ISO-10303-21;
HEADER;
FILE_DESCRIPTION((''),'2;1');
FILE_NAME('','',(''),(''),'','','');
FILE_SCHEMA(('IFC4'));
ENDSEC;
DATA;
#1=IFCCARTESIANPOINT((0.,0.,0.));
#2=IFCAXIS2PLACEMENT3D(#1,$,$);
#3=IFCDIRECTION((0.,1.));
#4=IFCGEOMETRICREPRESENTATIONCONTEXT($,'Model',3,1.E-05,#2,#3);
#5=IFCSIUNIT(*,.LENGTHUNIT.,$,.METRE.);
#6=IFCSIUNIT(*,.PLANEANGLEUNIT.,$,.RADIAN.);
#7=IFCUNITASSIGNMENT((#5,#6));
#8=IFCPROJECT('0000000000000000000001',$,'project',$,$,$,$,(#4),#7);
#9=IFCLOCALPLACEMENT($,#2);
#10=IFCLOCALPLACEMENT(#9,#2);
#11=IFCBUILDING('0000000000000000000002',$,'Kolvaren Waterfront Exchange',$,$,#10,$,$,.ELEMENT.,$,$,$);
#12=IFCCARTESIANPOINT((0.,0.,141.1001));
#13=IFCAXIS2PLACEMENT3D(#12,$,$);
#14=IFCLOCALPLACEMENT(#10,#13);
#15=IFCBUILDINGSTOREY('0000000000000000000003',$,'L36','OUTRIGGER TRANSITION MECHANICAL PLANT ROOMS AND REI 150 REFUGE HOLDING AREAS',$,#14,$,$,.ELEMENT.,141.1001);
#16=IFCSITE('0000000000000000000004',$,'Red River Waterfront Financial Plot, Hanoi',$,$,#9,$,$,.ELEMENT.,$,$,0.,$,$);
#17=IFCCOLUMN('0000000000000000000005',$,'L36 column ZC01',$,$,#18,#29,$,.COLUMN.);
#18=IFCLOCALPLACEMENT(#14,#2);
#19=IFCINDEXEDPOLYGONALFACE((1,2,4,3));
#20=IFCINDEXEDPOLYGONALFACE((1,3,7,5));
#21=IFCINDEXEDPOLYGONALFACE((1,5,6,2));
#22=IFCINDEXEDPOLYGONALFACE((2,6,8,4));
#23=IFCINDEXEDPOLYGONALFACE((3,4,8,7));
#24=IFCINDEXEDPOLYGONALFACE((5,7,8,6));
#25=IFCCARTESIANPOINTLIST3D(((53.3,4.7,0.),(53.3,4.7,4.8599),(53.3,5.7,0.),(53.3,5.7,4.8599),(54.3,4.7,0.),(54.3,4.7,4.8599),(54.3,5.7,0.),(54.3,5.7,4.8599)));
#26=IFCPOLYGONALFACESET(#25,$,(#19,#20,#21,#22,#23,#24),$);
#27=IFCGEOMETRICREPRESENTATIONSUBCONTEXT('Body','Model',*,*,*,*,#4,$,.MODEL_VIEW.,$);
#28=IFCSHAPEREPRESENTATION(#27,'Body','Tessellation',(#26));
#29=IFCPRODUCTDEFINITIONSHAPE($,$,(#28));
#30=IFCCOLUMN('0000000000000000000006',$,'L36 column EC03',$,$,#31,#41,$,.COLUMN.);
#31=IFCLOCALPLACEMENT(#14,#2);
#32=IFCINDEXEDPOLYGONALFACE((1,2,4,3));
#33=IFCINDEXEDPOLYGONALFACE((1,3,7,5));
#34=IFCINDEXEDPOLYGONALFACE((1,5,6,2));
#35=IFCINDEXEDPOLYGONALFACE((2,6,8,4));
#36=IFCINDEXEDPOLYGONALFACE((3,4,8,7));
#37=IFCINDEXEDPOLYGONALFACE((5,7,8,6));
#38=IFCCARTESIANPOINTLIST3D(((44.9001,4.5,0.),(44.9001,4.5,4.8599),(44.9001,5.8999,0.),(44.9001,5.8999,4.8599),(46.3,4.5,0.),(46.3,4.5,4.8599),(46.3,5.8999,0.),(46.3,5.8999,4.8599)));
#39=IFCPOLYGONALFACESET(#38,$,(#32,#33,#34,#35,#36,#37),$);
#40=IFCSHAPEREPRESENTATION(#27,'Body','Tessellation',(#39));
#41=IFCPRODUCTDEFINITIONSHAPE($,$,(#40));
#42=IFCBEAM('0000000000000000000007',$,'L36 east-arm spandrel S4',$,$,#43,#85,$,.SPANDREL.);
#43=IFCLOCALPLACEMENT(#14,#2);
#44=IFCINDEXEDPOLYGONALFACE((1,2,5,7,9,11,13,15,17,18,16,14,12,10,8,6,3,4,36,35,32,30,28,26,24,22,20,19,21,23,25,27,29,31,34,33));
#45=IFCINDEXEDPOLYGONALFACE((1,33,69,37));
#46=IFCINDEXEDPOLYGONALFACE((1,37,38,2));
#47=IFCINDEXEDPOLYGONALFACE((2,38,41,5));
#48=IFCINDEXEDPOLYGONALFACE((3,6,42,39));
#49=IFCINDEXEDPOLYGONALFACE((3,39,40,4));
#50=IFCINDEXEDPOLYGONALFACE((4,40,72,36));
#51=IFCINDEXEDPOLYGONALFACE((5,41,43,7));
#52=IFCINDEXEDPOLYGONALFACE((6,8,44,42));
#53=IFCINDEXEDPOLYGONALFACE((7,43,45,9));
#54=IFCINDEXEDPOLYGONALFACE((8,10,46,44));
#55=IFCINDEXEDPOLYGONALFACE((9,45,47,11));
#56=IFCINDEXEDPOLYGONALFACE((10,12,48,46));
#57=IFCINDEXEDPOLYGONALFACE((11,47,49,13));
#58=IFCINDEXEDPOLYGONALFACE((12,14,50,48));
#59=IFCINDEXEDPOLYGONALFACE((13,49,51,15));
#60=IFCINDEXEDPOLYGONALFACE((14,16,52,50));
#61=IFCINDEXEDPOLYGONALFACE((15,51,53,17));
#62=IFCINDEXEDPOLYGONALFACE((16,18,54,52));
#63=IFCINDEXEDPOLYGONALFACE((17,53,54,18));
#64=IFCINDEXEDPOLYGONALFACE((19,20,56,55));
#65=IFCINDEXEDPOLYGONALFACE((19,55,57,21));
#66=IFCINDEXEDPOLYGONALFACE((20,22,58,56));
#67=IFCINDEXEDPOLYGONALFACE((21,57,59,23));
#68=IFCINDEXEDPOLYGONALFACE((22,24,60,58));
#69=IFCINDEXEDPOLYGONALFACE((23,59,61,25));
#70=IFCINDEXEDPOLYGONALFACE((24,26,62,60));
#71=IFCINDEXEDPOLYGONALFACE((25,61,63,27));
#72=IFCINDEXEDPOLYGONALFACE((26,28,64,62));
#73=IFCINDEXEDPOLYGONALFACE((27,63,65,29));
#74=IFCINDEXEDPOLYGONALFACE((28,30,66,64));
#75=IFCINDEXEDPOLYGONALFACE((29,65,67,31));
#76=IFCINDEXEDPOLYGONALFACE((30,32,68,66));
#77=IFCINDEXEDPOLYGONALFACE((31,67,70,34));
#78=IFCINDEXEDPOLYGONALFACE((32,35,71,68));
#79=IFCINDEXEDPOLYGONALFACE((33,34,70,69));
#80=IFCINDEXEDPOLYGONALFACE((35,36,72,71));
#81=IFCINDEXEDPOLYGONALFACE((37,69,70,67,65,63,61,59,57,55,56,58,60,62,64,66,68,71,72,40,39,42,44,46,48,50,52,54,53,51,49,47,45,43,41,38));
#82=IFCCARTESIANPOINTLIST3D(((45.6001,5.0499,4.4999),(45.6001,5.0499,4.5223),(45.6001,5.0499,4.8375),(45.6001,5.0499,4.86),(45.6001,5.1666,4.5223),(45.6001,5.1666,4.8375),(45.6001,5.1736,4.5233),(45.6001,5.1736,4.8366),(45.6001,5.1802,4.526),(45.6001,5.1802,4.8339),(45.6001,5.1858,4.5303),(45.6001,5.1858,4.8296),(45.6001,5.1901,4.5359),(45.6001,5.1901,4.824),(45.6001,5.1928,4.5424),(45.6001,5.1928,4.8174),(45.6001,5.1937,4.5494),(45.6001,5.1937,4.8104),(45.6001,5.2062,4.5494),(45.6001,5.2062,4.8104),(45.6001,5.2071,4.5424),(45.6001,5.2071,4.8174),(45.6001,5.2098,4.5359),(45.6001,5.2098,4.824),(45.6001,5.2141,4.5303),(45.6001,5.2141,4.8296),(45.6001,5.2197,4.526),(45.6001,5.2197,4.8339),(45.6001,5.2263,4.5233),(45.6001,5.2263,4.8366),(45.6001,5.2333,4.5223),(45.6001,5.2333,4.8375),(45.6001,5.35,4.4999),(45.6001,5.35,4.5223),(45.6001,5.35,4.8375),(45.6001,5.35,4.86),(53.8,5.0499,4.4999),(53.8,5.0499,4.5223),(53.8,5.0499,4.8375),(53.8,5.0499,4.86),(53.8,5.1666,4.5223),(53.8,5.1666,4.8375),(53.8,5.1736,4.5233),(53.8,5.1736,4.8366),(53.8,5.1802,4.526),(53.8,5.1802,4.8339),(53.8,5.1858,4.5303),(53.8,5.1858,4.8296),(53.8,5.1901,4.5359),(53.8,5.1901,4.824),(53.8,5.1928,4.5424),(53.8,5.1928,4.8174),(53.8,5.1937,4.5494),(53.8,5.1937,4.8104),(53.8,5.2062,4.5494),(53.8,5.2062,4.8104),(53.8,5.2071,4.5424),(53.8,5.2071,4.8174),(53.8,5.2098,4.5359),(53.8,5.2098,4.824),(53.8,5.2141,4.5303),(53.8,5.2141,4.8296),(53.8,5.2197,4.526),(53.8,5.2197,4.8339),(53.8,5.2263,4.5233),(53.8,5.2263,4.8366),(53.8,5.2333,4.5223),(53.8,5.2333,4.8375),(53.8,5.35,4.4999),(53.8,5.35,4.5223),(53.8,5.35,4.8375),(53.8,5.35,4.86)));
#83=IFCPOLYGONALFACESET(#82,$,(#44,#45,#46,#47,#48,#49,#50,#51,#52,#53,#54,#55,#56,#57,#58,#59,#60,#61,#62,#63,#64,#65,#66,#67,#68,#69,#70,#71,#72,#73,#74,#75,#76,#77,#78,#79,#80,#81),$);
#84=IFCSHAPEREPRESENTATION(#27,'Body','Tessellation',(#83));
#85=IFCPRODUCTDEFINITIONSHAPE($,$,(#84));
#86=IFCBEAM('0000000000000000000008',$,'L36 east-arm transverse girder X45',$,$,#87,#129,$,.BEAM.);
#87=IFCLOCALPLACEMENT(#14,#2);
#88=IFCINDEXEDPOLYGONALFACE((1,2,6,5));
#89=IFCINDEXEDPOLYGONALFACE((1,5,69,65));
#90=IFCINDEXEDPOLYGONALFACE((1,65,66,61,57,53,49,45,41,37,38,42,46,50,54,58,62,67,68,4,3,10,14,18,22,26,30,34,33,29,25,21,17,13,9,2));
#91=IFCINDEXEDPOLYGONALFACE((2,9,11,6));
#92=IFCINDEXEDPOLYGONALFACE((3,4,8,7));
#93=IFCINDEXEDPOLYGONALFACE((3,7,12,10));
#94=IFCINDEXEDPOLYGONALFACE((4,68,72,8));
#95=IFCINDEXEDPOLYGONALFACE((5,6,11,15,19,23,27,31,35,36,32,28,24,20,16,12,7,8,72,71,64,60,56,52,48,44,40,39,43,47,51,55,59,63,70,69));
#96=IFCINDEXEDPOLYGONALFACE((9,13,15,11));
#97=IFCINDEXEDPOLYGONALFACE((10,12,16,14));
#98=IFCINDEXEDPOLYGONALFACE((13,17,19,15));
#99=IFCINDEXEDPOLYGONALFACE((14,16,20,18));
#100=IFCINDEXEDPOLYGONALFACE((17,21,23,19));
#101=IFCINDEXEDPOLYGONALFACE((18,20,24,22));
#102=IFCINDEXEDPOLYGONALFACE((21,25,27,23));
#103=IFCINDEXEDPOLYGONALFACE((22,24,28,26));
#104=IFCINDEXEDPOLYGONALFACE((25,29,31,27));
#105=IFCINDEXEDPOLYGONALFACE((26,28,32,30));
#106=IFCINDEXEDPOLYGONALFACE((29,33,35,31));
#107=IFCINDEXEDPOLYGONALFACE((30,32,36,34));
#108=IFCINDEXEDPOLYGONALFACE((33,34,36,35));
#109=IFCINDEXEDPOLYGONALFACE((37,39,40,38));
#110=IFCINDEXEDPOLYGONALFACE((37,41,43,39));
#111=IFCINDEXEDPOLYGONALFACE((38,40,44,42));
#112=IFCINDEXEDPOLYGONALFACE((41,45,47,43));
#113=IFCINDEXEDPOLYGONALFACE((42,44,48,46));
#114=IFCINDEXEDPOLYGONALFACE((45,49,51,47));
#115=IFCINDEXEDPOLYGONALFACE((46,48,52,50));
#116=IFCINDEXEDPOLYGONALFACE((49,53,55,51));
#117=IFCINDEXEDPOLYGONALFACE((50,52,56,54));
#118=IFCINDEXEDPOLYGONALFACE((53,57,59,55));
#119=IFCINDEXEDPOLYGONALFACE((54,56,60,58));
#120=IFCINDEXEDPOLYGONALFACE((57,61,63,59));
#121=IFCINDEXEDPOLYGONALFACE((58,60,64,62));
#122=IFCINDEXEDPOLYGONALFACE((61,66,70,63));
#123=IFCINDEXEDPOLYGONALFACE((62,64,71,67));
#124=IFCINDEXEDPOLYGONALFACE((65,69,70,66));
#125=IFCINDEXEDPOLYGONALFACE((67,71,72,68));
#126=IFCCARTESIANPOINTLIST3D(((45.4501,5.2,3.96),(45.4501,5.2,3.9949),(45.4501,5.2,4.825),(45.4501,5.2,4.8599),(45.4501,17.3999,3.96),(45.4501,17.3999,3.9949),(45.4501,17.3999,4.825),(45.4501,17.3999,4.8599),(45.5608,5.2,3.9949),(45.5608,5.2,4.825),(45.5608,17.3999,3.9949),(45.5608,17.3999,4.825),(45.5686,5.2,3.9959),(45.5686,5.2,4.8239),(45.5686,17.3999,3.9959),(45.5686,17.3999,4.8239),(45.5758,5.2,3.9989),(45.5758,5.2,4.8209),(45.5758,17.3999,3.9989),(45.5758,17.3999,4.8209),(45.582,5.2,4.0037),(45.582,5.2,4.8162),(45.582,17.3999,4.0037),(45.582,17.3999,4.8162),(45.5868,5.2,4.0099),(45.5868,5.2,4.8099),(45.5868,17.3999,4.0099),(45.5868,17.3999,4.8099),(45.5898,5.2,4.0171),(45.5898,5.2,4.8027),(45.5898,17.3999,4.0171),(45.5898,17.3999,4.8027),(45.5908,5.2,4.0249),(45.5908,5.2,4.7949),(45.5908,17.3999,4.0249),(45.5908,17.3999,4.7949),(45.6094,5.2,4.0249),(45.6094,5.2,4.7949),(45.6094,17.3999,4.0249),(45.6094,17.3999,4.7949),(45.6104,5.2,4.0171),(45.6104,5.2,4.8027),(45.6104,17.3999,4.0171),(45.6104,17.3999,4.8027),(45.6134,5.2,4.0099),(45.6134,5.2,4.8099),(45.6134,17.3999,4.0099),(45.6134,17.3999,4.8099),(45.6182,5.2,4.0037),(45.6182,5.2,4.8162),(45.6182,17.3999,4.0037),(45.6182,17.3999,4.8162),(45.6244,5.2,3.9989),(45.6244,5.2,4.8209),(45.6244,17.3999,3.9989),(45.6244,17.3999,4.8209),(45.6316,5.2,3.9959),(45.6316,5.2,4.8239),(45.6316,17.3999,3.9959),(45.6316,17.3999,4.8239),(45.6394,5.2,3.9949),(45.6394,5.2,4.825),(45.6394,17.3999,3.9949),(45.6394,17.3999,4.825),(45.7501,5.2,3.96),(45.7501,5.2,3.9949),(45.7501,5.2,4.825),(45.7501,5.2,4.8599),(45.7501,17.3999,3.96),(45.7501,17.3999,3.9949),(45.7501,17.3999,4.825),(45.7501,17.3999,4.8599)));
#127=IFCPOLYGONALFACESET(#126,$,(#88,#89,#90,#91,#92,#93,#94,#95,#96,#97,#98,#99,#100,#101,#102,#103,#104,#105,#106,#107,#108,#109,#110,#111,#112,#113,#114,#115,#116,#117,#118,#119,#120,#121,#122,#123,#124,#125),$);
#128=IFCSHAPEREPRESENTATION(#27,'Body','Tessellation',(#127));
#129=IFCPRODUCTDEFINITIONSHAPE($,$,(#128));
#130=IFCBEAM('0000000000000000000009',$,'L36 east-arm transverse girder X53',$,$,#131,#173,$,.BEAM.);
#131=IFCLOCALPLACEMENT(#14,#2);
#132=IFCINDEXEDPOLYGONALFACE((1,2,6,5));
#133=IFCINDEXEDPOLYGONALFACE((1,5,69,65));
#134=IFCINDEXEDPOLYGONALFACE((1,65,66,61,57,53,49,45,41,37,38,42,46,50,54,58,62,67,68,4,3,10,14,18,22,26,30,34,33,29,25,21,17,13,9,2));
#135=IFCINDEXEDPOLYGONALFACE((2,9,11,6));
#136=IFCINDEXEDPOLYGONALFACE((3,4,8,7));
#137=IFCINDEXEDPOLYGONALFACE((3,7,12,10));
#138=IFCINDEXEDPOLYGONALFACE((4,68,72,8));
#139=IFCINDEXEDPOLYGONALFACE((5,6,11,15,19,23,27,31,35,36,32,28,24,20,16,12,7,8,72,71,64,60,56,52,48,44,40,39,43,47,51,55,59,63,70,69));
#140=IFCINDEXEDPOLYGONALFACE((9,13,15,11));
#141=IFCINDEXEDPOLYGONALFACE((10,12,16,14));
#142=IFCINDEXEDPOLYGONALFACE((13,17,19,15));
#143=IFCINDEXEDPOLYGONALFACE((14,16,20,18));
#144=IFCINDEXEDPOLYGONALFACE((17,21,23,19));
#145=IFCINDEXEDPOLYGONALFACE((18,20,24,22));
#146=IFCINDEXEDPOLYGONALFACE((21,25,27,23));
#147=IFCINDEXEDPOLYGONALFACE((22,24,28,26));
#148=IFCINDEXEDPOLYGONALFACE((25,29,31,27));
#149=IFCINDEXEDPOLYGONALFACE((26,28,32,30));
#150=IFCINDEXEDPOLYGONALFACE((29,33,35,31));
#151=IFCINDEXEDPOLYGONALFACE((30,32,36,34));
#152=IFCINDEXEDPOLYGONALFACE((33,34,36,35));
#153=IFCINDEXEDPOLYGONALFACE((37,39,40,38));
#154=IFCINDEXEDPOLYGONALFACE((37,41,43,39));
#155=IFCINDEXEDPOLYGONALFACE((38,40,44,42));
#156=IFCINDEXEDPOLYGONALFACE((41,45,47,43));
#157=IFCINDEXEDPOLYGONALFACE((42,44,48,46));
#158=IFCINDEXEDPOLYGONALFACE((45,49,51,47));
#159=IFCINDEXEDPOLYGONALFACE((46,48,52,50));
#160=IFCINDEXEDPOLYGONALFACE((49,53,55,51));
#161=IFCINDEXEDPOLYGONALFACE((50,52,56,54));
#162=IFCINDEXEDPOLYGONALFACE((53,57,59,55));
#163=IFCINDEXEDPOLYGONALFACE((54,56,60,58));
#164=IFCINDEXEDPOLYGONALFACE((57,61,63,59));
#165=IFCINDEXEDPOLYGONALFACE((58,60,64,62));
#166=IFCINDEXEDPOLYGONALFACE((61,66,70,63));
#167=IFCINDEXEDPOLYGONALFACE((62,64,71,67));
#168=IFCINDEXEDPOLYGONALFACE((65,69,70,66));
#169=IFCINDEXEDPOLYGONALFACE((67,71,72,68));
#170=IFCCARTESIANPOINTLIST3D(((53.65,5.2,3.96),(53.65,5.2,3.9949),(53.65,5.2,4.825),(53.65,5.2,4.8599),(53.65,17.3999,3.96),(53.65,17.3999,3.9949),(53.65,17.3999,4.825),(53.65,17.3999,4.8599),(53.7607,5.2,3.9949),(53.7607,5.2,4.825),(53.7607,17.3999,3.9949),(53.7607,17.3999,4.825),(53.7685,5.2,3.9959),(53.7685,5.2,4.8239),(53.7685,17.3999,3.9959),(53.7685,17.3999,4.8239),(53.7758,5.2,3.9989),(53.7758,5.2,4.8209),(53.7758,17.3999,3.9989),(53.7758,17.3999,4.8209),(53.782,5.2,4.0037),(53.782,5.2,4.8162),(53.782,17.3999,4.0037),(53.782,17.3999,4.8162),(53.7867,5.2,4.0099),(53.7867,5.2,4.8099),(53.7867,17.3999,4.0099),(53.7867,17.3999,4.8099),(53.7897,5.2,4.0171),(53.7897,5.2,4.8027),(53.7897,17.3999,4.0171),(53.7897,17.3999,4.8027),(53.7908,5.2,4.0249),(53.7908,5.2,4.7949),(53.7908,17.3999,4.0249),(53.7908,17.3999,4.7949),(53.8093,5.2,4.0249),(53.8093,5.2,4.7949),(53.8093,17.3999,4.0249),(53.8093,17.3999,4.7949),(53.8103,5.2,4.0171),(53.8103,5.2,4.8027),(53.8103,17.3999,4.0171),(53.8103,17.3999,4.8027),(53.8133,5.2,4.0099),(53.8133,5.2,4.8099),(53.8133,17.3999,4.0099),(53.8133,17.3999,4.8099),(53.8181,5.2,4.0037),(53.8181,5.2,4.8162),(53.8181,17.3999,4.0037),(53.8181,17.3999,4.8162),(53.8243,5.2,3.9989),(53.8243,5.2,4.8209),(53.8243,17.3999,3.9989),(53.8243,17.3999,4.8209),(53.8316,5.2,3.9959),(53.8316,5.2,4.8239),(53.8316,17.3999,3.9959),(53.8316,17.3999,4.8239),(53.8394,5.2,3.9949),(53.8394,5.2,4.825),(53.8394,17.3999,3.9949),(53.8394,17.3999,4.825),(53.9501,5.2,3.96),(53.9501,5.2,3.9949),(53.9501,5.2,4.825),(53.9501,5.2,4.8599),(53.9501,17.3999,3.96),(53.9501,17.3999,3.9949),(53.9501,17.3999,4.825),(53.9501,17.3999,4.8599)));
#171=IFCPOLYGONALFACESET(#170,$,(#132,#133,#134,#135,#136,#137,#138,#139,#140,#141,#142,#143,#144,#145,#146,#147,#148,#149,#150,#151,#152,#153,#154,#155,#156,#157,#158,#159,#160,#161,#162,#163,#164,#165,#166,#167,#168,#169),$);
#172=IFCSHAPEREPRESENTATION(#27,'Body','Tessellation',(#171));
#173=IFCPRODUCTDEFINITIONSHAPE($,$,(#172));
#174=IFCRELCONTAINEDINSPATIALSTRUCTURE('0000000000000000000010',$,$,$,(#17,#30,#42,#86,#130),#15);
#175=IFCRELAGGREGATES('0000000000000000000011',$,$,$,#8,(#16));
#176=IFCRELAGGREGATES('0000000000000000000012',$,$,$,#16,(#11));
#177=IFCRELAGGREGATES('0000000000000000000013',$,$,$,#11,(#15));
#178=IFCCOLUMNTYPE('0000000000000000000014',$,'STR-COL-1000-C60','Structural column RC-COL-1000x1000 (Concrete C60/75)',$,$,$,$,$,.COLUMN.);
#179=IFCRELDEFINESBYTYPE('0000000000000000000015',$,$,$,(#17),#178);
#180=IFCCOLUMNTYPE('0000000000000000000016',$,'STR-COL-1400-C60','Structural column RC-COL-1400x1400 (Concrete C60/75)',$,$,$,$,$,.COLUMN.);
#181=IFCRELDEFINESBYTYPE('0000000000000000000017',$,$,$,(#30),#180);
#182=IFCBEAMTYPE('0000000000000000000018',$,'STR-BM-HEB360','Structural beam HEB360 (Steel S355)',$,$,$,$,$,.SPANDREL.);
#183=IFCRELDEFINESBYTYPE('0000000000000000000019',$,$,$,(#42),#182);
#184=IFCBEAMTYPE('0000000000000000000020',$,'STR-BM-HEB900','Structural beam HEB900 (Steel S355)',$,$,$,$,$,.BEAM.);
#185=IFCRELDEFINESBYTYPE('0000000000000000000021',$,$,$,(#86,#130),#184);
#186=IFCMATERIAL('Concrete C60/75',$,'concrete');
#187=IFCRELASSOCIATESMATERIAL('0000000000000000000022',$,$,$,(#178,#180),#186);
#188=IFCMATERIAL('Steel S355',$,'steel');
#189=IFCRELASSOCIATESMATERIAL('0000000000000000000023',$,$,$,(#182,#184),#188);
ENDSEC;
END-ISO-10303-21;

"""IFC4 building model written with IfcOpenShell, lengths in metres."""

from ifc_helpers import new_model, si_unit, direction, frame, origin, origin_2d, place, context, subcontext, project, spatial, rectangle, i_section, extrude, material, material_profile, profile_set, type_object, element, save


model = new_model("IFC4")

# Units and contexts
model_context = context("Model", 3, precision=1e-05, world=origin(), true_north=direction((0.0, 1.0)))
body_context = subcontext(model_context, "Body", "Model", "MODEL_VIEW")
ifc_project = project(units=[si_unit("LENGTHUNIT", "METRE"), si_unit("PLANEANGLEUNIT", "RADIAN")], contexts=[model_context])

# Site, building, storey
site_placement = place(None, origin())
site = spatial("IfcSite", under=ifc_project, at=site_placement, Name="Red River Waterfront Financial Plot, Hanoi", CompositionType="ELEMENT", RefElevation=0.0)
building_placement = place(site_placement, origin())
building = spatial("IfcBuilding", under=site, at=building_placement, Name="Kolvaren Waterfront Exchange", CompositionType="ELEMENT")
storey_placement = place(building_placement, frame((0.0, 0.0, 141.1001)))
storey = spatial("IfcBuildingStorey", under=building, at=storey_placement, Name="L36", Description="OUTRIGGER TRANSITION MECHANICAL PLANT ROOMS AND REI 150 REFUGE HOLDING AREAS", CompositionType="ELEMENT", Elevation=141.1001)

# Columns
ifc_material_1 = material(Name="Concrete C60/75", Category="concrete")
ifc_material_profile_1 = material_profile(ifc_material_1, rectangle(XDim=1.0, YDim=1.0, at=origin_2d()), Name="RC-COL-1000x1000")
ifc_profile_set_1 = profile_set([ifc_material_profile_1], Name="Concrete C60/75")
column_type_1 = type_object("IfcColumnType", Name="STR-COL-1000-C60", Description="Structural column RC-COL-1000x1000 (Concrete C60/75)", PredefinedType="COLUMN", material=ifc_profile_set_1)
column_1_placement = place(storey_placement, frame((53.8, 5.2, 0.0), z_axis=(0.0, 0.0, 1.0), x_axis=(1.0, 0.0, 0.0)))
element("IfcColumn", 1, at=column_1_placement, inside=storey, type_object=column_type_1, Name="L36 column ZC01", PredefinedType="COLUMN", context=body_context, shape_type="SweptSolid", body=[
    extrude(rectangle(XDim=1.0, YDim=1.0, at=origin_2d()), origin(), (0.0, 0.0, 1.0), 4.8599),
])
ifc_material_profile_2 = material_profile(ifc_material_1, rectangle(XDim=1.3999, YDim=1.3999, at=origin_2d()), Name="RC-COL-1400x1400")
ifc_profile_set_2 = profile_set([ifc_material_profile_2], Name="Concrete C60/75")
column_type_2 = type_object("IfcColumnType", Name="STR-COL-1400-C60", Description="Structural column RC-COL-1400x1400 (Concrete C60/75)", PredefinedType="COLUMN", material=ifc_profile_set_2)
column_2_placement = place(storey_placement, frame((45.6001, 5.2, 0.0), z_axis=(0.0, 0.0, 1.0), x_axis=(1.0, 0.0, 0.0)))
element("IfcColumn", 2, at=column_2_placement, inside=storey, type_object=column_type_2, Name="L36 column EC03", PredefinedType="COLUMN", context=body_context, shape_type="SweptSolid", body=[
    extrude(rectangle(XDim=1.3999, YDim=1.3999, at=origin_2d()), origin(), (0.0, 0.0, 1.0), 4.8599),
])

# Beams
ifc_material_2 = material(Name="Steel S355", Category="steel")
ifc_material_profile_3 = material_profile(ifc_material_2, i_section(OverallWidth=0.3, OverallDepth=0.3601, WebThickness=0.0125, FlangeThickness=0.0225, FilletRadius=0.0271, at=origin_2d()), Name="HEB360")
ifc_profile_set_3 = profile_set([ifc_material_profile_3], Name="Steel S355")
beam_type_1 = type_object("IfcBeamType", Name="STR-BM-HEB360", Description="Structural beam HEB360 (Steel S355)", PredefinedType="SPANDREL", material=ifc_profile_set_3)
beam_placement = place(storey_placement, frame((45.6001, 5.2, 4.6799), z_axis=(1.0, 0.0, 0.0), x_axis=(0.0, 1.0, 0.0)))
element("IfcBeam", 3, at=beam_placement, inside=storey, type_object=beam_type_1, Name="L36 east-arm spandrel S4", PredefinedType="SPANDREL", context=body_context, shape_type="SweptSolid", body=[
    extrude(i_section(OverallWidth=0.3, OverallDepth=0.3601, WebThickness=0.0125, FlangeThickness=0.0225, FilletRadius=0.0271, at=origin_2d()), origin(), (0.0, 0.0, 1.0), 8.2),
])
ifc_material_profile_4 = material_profile(ifc_material_2, i_section(OverallWidth=0.3, OverallDepth=0.8999, WebThickness=0.0186, FlangeThickness=0.0349, FilletRadius=0.03, at=origin_2d()), Name="HEB900")
ifc_profile_set_4 = profile_set([ifc_material_profile_4], Name="Steel S355")
beam_type_2 = type_object("IfcBeamType", Name="STR-BM-HEB900", Description="Structural beam HEB900 (Steel S355)", PredefinedType="BEAM", material=ifc_profile_set_4)
for number, where, z_axis, x_axis, name in (
    (4, (45.6001, 5.2, 4.4099), (0.0, 1.0, 0.0), (-1.0, 0.0, 0.0), "L36 east-arm transverse girder X45"),
    (5, (53.8, 5.2, 4.4099), (0.0, 1.0, 0.0), (-1.0, 0.0, 0.0), "L36 east-arm transverse girder X53"),
):
    element("IfcBeam", number, at=place(storey_placement, frame(where, z_axis=z_axis, x_axis=x_axis)), inside=storey, type_object=beam_type_2, Name=name, PredefinedType="BEAM", context=body_context, shape_type="SweptSolid", body=[
        extrude(i_section(OverallWidth=0.3, OverallDepth=0.8999, WebThickness=0.0186, FlangeThickness=0.0349, FilletRadius=0.03, at=origin_2d()), origin(), (0.0, 0.0, 1.0), 12.2),
    ])

save(model, "model.ifc")
